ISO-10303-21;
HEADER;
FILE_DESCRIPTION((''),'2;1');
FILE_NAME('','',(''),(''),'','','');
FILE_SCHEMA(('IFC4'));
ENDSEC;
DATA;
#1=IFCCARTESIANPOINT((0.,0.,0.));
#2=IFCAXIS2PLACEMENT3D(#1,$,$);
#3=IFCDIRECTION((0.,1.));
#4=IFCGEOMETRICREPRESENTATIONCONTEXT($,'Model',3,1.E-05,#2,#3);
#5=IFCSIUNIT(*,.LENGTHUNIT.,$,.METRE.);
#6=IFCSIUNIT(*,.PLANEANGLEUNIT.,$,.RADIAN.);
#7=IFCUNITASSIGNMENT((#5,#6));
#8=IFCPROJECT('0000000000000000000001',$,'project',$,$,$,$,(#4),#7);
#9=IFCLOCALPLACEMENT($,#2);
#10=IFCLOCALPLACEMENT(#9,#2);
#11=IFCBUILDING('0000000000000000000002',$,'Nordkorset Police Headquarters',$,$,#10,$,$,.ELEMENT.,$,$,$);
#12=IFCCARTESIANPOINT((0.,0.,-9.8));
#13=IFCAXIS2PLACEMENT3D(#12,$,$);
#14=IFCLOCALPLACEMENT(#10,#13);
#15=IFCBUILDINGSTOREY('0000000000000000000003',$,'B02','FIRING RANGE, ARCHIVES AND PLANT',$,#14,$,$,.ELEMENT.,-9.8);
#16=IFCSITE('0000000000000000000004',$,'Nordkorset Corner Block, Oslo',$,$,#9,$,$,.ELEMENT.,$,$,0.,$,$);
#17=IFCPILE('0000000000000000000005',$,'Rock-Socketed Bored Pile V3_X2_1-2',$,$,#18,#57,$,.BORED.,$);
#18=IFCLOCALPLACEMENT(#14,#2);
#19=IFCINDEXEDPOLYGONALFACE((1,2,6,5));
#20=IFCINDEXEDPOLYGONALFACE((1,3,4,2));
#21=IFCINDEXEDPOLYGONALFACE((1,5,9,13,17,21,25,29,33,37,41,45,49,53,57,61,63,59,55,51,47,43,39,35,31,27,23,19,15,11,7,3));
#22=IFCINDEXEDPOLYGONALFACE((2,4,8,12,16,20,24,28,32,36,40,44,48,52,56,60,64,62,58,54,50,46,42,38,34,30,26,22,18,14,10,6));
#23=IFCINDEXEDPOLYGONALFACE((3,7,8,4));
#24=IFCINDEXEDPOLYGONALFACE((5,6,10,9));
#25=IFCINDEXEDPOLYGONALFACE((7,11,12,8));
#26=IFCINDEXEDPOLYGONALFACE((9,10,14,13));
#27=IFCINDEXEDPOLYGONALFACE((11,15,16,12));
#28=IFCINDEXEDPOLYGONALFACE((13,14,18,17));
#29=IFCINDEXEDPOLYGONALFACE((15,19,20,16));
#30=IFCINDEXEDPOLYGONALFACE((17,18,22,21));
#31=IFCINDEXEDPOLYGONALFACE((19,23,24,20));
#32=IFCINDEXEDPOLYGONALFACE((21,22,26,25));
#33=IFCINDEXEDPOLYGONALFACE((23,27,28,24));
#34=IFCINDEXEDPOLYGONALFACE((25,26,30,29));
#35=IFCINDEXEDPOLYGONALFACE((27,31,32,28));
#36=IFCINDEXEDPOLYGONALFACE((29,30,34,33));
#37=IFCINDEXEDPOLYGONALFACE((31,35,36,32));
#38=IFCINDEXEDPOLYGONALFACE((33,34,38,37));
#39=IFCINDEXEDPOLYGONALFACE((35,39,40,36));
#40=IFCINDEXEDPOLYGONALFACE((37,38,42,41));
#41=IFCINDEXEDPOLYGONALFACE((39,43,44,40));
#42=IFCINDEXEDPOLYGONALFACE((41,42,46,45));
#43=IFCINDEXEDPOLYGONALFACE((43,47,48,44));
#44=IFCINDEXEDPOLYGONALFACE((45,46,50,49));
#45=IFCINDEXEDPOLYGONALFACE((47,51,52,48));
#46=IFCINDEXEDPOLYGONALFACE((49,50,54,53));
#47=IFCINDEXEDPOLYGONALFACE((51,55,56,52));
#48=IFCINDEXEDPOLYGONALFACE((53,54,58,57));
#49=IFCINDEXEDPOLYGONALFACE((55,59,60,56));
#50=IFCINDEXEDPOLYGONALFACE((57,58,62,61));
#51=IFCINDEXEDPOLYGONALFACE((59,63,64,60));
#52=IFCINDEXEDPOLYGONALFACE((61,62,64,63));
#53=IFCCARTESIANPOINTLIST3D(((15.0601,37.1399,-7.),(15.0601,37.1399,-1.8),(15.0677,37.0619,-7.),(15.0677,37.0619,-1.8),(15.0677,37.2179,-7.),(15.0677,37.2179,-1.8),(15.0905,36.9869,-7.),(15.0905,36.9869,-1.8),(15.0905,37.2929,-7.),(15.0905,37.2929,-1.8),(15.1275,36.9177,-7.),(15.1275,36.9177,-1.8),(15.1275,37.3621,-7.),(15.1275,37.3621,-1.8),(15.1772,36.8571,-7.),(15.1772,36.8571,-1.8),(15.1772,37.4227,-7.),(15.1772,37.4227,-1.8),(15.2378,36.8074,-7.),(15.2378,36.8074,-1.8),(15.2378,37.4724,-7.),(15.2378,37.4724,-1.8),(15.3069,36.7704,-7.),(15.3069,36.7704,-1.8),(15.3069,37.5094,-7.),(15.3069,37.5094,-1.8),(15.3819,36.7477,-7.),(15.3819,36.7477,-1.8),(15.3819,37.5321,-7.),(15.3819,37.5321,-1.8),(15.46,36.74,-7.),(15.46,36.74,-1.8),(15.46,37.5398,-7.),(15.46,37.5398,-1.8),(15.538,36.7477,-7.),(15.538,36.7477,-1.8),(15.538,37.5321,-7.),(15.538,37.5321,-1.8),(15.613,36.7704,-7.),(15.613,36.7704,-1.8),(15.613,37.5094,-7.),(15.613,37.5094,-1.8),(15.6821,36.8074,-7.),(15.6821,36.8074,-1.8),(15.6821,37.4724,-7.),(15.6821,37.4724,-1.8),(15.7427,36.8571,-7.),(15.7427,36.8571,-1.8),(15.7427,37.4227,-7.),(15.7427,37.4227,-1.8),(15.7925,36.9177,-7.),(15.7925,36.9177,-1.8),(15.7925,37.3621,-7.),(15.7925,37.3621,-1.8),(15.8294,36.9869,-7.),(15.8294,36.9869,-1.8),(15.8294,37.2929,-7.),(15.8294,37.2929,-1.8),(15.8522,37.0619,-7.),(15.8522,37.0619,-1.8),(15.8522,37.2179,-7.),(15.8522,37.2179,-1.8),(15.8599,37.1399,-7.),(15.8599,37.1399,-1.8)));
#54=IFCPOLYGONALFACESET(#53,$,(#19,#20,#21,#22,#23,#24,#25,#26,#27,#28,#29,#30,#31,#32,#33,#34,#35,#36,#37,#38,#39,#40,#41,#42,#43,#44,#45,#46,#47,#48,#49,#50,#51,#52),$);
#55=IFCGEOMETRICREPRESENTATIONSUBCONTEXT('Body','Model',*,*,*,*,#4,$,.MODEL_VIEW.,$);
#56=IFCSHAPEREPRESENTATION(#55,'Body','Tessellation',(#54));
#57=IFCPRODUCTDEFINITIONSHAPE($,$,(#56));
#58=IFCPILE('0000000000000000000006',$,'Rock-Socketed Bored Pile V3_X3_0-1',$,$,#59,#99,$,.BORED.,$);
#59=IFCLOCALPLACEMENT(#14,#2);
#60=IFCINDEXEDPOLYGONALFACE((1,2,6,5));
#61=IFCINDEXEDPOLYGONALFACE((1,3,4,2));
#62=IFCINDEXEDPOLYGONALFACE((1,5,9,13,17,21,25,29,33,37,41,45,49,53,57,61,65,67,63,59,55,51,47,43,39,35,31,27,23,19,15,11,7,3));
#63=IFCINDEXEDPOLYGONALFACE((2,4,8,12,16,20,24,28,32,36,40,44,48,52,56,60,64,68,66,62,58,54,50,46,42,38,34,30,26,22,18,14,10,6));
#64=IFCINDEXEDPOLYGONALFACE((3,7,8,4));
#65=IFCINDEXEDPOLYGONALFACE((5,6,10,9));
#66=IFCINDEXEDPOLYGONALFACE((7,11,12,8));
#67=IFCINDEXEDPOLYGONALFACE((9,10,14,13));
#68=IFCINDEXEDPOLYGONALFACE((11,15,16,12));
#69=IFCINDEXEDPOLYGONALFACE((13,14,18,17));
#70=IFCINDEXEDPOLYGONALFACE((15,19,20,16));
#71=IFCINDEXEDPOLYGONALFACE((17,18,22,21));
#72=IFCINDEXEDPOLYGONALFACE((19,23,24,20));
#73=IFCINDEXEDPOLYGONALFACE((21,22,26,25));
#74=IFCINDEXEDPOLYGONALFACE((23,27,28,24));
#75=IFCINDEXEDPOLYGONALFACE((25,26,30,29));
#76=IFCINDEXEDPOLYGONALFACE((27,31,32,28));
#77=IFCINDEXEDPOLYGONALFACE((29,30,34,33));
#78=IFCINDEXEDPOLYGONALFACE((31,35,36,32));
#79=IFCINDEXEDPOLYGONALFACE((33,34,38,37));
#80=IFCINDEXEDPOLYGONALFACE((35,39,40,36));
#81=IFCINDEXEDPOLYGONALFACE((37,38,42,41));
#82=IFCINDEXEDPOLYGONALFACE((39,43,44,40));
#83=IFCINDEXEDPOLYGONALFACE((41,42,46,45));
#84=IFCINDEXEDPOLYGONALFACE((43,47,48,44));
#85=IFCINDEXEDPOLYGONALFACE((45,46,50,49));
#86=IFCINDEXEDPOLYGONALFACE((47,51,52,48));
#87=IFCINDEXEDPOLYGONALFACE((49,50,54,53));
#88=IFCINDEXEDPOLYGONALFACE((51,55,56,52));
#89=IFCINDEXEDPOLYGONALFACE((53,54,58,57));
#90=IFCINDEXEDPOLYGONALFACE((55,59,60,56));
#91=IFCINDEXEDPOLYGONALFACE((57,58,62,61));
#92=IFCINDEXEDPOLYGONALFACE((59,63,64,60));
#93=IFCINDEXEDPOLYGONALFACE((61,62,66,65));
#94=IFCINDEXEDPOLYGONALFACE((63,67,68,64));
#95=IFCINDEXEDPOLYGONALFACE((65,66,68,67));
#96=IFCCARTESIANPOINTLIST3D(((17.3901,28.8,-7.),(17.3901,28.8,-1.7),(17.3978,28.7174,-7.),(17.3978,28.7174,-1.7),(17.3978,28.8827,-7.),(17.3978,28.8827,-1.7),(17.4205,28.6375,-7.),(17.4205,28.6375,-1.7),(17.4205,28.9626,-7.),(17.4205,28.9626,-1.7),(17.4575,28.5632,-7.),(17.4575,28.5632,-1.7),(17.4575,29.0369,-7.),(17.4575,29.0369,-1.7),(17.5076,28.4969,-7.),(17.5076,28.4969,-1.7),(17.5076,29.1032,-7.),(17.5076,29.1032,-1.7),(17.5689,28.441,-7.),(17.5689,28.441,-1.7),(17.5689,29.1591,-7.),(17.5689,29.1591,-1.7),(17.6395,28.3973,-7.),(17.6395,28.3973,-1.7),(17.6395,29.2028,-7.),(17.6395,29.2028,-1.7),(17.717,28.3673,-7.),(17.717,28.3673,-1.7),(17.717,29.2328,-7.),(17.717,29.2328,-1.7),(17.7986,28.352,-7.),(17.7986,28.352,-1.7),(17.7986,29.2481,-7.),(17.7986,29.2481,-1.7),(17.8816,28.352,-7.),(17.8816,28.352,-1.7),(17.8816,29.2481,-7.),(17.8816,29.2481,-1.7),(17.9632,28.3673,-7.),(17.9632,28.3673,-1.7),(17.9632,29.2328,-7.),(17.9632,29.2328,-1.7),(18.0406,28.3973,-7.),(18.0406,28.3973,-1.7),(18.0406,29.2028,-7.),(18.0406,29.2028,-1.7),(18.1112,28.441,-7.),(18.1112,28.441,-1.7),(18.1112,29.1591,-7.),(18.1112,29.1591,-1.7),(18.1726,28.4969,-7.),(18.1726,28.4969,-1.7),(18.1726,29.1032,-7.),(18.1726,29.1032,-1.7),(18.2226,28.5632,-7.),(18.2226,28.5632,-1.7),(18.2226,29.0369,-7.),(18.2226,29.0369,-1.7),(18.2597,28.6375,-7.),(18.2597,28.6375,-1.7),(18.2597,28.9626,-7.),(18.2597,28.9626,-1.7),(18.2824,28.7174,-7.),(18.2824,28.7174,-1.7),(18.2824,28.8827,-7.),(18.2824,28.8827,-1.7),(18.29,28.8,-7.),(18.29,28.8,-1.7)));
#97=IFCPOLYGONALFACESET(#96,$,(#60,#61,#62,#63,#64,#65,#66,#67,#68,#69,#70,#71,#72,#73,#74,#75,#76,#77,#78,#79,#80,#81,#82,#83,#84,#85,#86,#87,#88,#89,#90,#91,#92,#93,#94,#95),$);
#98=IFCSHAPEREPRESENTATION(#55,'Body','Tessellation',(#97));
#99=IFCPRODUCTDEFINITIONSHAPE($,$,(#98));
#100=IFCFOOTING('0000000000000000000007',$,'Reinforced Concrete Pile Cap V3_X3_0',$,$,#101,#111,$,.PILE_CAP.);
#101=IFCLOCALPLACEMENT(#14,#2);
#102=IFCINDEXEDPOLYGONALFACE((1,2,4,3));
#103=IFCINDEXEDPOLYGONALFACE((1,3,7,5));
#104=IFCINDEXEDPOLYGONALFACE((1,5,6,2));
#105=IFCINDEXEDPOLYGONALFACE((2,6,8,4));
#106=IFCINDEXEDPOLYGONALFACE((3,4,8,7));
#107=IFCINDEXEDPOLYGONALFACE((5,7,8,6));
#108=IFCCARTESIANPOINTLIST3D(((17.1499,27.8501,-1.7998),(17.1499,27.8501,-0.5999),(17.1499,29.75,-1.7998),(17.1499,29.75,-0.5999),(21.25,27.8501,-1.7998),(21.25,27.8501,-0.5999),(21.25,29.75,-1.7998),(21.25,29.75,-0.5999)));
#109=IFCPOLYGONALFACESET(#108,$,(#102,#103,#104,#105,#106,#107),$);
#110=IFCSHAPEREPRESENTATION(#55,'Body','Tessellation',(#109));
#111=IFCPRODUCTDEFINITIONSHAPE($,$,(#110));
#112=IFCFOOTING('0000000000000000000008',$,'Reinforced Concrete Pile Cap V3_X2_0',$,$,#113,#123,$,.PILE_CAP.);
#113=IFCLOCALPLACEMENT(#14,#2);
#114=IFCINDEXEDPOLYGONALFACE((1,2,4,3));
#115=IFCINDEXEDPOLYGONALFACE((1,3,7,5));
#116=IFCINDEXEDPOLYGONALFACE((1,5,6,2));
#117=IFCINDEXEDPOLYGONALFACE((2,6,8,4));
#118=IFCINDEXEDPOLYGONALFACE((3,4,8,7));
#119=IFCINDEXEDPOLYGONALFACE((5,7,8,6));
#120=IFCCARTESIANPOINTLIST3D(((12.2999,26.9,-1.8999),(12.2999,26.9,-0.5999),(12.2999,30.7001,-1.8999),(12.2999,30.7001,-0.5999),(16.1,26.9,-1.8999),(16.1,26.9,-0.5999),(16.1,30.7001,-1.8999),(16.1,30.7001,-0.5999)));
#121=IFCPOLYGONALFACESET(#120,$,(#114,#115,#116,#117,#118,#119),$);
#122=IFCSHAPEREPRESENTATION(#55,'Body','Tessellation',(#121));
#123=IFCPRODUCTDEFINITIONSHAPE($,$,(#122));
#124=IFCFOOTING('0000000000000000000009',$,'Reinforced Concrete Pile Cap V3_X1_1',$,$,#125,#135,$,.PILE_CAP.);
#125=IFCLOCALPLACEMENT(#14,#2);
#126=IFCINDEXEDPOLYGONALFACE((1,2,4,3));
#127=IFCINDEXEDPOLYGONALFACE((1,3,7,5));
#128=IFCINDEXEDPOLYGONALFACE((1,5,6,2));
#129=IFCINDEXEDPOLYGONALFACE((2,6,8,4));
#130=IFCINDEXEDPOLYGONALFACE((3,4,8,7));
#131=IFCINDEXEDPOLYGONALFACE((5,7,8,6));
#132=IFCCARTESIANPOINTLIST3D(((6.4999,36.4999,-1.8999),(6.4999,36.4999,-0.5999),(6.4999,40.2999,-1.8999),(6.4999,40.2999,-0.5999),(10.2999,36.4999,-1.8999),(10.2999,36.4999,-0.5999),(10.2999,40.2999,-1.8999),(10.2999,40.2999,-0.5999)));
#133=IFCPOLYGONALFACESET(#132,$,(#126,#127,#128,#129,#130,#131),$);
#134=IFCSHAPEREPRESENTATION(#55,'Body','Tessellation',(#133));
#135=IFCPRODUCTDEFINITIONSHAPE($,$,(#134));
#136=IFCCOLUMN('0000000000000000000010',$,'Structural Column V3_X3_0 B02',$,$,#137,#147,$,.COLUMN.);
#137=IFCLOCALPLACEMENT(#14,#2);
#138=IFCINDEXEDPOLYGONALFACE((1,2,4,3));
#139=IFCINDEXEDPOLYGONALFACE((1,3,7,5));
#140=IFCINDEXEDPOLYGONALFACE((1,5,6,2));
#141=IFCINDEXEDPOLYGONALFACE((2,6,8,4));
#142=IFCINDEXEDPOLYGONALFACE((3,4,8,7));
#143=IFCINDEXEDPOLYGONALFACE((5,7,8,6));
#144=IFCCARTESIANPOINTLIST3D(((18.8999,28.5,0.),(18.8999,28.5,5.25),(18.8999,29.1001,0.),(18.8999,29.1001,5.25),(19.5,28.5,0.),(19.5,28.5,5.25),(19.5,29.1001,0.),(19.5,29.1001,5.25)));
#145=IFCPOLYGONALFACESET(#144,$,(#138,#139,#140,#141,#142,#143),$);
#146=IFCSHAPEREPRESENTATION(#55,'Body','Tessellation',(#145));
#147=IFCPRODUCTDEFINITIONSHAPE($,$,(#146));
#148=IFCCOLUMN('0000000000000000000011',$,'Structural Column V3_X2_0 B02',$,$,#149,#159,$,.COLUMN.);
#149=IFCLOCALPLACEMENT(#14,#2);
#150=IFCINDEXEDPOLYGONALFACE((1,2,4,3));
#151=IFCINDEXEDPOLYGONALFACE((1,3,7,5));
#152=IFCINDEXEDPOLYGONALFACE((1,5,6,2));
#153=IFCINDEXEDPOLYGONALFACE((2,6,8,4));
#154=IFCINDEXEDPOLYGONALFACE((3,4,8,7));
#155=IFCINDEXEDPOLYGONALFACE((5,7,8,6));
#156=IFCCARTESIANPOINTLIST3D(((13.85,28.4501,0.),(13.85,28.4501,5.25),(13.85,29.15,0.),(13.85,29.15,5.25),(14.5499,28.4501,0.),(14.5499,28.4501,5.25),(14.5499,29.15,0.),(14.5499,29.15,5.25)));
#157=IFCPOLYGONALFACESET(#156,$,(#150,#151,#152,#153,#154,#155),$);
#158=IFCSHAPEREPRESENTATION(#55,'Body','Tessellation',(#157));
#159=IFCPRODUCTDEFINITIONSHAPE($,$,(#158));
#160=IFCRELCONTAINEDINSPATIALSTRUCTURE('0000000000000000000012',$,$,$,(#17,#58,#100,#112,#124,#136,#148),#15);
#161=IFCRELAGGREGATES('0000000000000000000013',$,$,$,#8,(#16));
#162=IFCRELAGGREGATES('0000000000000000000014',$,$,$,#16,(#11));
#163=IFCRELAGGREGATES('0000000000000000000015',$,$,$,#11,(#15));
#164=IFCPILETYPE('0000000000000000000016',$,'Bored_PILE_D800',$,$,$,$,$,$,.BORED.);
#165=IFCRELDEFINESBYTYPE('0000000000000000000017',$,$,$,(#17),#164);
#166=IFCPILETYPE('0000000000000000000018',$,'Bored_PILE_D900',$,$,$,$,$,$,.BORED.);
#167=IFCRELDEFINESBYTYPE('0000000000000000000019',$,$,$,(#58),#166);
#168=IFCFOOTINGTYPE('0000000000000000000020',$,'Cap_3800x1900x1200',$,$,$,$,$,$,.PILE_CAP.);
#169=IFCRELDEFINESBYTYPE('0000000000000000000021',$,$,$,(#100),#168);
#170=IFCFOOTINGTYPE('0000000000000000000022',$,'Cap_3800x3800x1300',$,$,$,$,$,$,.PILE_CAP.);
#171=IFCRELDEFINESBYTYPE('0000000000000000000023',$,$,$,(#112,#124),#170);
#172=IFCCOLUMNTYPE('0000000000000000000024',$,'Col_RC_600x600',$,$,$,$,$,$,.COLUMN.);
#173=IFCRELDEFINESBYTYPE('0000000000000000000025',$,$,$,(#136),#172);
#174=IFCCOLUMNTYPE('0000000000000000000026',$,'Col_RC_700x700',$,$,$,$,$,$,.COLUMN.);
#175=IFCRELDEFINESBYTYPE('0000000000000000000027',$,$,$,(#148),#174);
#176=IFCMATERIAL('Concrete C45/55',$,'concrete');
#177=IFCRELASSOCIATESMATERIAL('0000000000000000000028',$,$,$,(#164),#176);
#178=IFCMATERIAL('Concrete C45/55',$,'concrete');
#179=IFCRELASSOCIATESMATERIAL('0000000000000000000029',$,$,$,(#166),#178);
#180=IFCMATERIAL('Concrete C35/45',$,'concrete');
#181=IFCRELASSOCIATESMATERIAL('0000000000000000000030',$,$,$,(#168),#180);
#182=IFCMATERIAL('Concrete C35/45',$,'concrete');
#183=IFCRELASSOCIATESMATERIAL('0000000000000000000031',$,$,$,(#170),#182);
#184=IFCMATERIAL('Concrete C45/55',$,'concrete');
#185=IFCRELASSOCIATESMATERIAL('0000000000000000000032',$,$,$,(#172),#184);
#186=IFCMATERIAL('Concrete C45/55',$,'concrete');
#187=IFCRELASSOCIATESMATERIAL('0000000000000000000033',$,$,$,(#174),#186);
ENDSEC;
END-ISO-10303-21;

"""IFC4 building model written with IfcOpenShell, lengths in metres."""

from ifc_helpers import new_model, si_unit, direction, frame, origin, origin_2d, place, context, subcontext, project, spatial, rectangle, circle, extrude, material, material_profile, profile_set, type_object, element, save


model = new_model("IFC4")

# Units and contexts
model_context = context("Model", 3, precision=1e-05, world=origin(), true_north=direction((0.0, 1.0)))
body_context = subcontext(model_context, "Body", "Model", "MODEL_VIEW")
ifc_project = project(units=[si_unit("LENGTHUNIT", "METRE"), si_unit("PLANEANGLEUNIT", "RADIAN")], contexts=[model_context])

# Site, building, storey
site_placement = place(None, origin())
site = spatial("IfcSite", under=ifc_project, at=site_placement, Name="Nordkorset Corner Block, Oslo", CompositionType="ELEMENT", RefElevation=0.0)
building_placement = place(site_placement, origin())
building = spatial("IfcBuilding", under=site, at=building_placement, Name="Nordkorset Police Headquarters", CompositionType="ELEMENT")
storey_placement = place(building_placement, frame((0.0, 0.0, -9.8)))
storey = spatial("IfcBuildingStorey", under=building, at=storey_placement, Name="B02", Description="FIRING RANGE, ARCHIVES AND PLANT", CompositionType="ELEMENT", Elevation=-9.8)

# Piles
ifc_material_1 = material(Name="Concrete C45/55", Category="concrete")
ifc_material_profile_1 = material_profile(ifc_material_1, circle(Radius=0.3999, at=origin_2d()), Name="PILE D800")
ifc_profile_set_1 = profile_set([ifc_material_profile_1], Name="Concrete C45/55")
pile_type_1 = type_object("IfcPileType", Name="Bored_PILE_D800", PredefinedType="BORED", material=ifc_profile_set_1)
for number, where, z_axis, x_axis, name in (
    (1, (15.46, 37.1399, -1.8), (0.0, 0.0, -1.0), (1.0, 0.0, 0.0), "Rock-Socketed Bored Pile V3_X2_1-2"),
):
    element("IfcPile", number, at=place(storey_placement, frame(where, z_axis=z_axis, x_axis=x_axis)), inside=storey, type_object=pile_type_1, Name=name, PredefinedType="BORED", context=body_context, shape_type="SweptSolid", body=[
        extrude(circle(Radius=0.3999, at=origin_2d()), origin(), (0.0, 0.0, 1.0), 5.2),
    ])
ifc_material_2 = material(Name="Concrete C45/55", Category="concrete")
ifc_material_profile_2 = material_profile(ifc_material_2, circle(Radius=0.45, at=origin_2d()), Name="PILE D900")
ifc_profile_set_2 = profile_set([ifc_material_profile_2], Name="Concrete C45/55")
pile_type_2 = type_object("IfcPileType", Name="Bored_PILE_D900", PredefinedType="BORED", material=ifc_profile_set_2)
pile_placement = place(storey_placement, frame((17.8401, 28.8, -1.7), z_axis=(0.0, 0.0, -1.0), x_axis=(1.0, 0.0, 0.0)))
element("IfcPile", 2, at=pile_placement, inside=storey, type_object=pile_type_2, Name="Rock-Socketed Bored Pile V3_X3_0-1", PredefinedType="BORED", context=body_context, shape_type="SweptSolid", body=[
    extrude(circle(Radius=0.45, at=origin_2d()), origin(), (0.0, 0.0, 1.0), 5.3),
])

# Footings
ifc_material_3 = material(Name="Concrete C35/45", Category="concrete")
footing_type_1 = type_object("IfcFootingType", Name="Cap_3800x1900x1200", PredefinedType="PILE_CAP", material=ifc_material_3)
footing_placement = place(storey_placement, frame((19.2, 28.8, -1.7998), z_axis=(0.0, 0.0, 1.0), x_axis=(1.0, 0.0, 0.0)))
element("IfcFooting", 3, at=footing_placement, inside=storey, type_object=footing_type_1, Name="Reinforced Concrete Pile Cap V3_X3_0", PredefinedType="PILE_CAP", context=body_context, shape_type="SweptSolid", body=[
    extrude(rectangle(XDim=4.1001, YDim=1.8999, at=origin_2d()), origin(), (0.0, 0.0, 1.0), 1.2),
])
ifc_material_4 = material(Name="Concrete C35/45", Category="concrete")
footing_type_2 = type_object("IfcFootingType", Name="Cap_3800x3800x1300", PredefinedType="PILE_CAP", material=ifc_material_4)
for number, where, z_axis, x_axis, name in (
    (4, (14.2, 28.8, -1.8999), (0.0, 0.0, 1.0), (1.0, 0.0, 0.0), "Reinforced Concrete Pile Cap V3_X2_0"),
    (5, (8.3999, 38.3999, -1.8999), (0.0, 0.0, 1.0), (1.0, 0.0, 0.0), "Reinforced Concrete Pile Cap V3_X1_1"),
):
    element("IfcFooting", number, at=place(storey_placement, frame(where, z_axis=z_axis, x_axis=x_axis)), inside=storey, type_object=footing_type_2, Name=name, PredefinedType="PILE_CAP", context=body_context, shape_type="SweptSolid", body=[
        extrude(rectangle(XDim=3.8, YDim=3.8, at=origin_2d()), origin(), (0.0, 0.0, 1.0), 1.3),
    ])

# Columns
ifc_material_5 = material(Name="Concrete C45/55", Category="concrete")
ifc_material_profile_3 = material_profile(ifc_material_5, rectangle(XDim=0.6001, YDim=0.6001, at=origin_2d()), Name="RC 600x600")
ifc_profile_set_3 = profile_set([ifc_material_profile_3], Name="Concrete C45/55")
column_type_1 = type_object("IfcColumnType", Name="Col_RC_600x600", PredefinedType="COLUMN", material=ifc_profile_set_3)
column_1_placement = place(storey_placement, frame((19.2, 28.8, 0.0), z_axis=(0.0, 0.0, 1.0), x_axis=(1.0, 0.0, 0.0)))
element("IfcColumn", 6, at=column_1_placement, inside=storey, type_object=column_type_1, Name="Structural Column V3_X3_0 B02", PredefinedType="COLUMN", context=body_context, shape_type="SweptSolid", body=[
    extrude(rectangle(XDim=0.6001, YDim=0.6001, at=origin_2d()), origin(), (0.0, 0.0, 1.0), 5.25),
])
ifc_material_6 = material(Name="Concrete C45/55", Category="concrete")
ifc_material_profile_4 = material_profile(ifc_material_6, rectangle(XDim=0.7, YDim=0.7, at=origin_2d()), Name="RC 700x700")
ifc_profile_set_4 = profile_set([ifc_material_profile_4], Name="Concrete C45/55")
column_type_2 = type_object("IfcColumnType", Name="Col_RC_700x700", PredefinedType="COLUMN", material=ifc_profile_set_4)
column_2_placement = place(storey_placement, frame((14.2, 28.8, 0.0), z_axis=(0.0, 0.0, 1.0), x_axis=(1.0, 0.0, 0.0)))
element("IfcColumn", 7, at=column_2_placement, inside=storey, type_object=column_type_2, Name="Structural Column V3_X2_0 B02", PredefinedType="COLUMN", context=body_context, shape_type="SweptSolid", body=[
    extrude(rectangle(XDim=0.7, YDim=0.7, at=origin_2d()), origin(), (0.0, 0.0, 1.0), 5.25),
])

save(model, "model.ifc")
